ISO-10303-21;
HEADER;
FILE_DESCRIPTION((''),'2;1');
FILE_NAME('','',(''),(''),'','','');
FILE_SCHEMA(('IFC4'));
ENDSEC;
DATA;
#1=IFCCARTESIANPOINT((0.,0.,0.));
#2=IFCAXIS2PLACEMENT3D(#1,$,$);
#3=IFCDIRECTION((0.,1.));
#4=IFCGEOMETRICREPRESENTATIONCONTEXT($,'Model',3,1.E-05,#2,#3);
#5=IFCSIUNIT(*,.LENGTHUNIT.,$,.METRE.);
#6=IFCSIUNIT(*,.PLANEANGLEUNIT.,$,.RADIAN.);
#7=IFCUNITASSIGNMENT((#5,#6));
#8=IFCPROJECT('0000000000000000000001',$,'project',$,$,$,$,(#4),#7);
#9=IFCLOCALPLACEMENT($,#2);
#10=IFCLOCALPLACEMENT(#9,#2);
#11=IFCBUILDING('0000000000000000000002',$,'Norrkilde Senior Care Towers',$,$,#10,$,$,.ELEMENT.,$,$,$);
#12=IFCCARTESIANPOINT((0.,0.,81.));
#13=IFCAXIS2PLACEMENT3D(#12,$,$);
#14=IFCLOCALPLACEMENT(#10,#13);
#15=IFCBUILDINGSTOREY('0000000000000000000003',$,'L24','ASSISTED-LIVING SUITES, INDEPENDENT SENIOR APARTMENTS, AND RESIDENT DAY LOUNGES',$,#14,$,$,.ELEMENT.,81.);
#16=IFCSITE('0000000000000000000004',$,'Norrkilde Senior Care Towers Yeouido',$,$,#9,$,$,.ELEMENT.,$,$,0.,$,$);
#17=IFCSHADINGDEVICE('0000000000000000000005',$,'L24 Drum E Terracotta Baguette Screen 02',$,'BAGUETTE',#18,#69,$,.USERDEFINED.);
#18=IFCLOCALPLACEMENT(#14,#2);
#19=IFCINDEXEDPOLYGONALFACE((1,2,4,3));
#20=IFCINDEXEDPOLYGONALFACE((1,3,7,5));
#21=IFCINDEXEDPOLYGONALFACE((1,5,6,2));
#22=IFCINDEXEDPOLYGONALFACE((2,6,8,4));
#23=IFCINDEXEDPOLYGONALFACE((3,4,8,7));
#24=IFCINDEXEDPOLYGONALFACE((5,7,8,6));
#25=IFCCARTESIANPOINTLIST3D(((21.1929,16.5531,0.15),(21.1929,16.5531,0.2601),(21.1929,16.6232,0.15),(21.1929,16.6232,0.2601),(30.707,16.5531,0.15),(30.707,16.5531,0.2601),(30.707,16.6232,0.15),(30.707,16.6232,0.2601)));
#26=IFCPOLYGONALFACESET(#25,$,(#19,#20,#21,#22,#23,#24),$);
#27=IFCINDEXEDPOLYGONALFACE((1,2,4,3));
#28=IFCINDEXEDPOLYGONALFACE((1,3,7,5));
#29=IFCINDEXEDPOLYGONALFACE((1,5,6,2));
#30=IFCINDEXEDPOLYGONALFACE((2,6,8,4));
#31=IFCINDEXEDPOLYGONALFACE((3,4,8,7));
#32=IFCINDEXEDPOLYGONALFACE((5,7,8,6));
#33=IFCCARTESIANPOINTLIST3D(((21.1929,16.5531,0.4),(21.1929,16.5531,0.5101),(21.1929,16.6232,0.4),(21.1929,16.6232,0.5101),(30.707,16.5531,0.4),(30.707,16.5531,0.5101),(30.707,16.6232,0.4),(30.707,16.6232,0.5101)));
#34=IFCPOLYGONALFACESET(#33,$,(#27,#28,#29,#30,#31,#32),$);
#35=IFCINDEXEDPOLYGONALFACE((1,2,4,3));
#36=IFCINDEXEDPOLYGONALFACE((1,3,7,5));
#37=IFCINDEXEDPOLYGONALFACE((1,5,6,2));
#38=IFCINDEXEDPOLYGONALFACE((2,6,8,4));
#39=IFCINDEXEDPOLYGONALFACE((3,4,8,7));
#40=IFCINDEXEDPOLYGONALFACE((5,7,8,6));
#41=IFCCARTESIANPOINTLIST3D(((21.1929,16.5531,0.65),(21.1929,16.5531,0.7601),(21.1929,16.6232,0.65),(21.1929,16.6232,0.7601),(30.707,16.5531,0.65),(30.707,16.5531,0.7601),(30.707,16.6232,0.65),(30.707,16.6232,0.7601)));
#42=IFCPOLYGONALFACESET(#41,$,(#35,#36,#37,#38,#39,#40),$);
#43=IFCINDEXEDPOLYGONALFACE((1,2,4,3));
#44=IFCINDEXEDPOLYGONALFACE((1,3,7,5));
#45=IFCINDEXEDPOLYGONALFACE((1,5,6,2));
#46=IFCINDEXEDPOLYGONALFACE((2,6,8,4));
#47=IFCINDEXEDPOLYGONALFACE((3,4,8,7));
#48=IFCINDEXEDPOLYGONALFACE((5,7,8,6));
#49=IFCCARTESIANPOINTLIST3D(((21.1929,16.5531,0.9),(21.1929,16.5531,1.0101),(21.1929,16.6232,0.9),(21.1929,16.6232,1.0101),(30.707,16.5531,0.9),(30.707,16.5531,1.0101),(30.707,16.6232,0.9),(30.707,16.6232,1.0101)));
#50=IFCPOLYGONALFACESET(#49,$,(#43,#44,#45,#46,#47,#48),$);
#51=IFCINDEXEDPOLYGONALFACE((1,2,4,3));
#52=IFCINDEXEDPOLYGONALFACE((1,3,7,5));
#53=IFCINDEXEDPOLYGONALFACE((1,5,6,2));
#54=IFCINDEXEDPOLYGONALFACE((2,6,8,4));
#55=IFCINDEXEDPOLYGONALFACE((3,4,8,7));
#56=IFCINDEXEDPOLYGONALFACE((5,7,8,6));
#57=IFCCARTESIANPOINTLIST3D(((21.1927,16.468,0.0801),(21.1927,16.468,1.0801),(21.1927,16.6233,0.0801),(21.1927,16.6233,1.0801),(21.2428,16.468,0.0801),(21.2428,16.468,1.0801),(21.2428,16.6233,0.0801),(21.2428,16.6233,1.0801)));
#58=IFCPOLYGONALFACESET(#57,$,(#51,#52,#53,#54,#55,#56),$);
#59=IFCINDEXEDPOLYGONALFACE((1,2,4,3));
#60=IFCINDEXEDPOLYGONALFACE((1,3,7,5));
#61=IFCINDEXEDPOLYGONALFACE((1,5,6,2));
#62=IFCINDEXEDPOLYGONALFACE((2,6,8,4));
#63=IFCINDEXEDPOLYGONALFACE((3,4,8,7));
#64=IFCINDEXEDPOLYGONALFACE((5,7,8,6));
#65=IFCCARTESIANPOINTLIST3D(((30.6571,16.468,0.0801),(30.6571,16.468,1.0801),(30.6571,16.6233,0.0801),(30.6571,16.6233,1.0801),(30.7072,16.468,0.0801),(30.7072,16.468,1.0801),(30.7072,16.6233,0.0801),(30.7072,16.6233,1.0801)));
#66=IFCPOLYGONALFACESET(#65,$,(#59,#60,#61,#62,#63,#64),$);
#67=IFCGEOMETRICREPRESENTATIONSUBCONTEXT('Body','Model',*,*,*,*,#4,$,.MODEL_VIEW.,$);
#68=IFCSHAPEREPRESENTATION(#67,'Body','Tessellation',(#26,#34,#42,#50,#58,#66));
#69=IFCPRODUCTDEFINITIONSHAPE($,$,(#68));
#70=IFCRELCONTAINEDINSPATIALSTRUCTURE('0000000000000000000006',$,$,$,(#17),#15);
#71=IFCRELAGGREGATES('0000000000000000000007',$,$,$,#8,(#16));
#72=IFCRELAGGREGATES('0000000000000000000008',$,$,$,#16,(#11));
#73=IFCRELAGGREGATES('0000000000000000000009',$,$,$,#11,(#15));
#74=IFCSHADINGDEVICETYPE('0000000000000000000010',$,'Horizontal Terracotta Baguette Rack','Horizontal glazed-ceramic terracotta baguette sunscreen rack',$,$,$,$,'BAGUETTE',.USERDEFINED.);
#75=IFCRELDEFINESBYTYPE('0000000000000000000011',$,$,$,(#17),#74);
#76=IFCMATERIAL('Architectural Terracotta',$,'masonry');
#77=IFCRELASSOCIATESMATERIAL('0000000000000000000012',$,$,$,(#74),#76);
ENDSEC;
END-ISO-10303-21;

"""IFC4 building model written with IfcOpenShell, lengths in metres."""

from ifc_helpers import new_model, si_unit, direction, frame, origin, origin_2d, place, context, subcontext, project, spatial, rectangle, extrude, source, transform, mapped, material, type_object, type_shapes, element, save


model = new_model("IFC4")

# Units and contexts
model_context = context("Model", 3, precision=1e-05, world=origin(), true_north=direction((0.0, 1.0)))
body_context = subcontext(model_context, "Body", "Model", "MODEL_VIEW")
ifc_project = project(units=[si_unit("LENGTHUNIT", "METRE"), si_unit("PLANEANGLEUNIT", "RADIAN")], contexts=[model_context])

# Site, building, storey
site_placement = place(None, origin())
site = spatial("IfcSite", under=ifc_project, at=site_placement, Name="Norrkilde Senior Care Towers Yeouido", CompositionType="ELEMENT", RefElevation=0.0)
building_placement = place(site_placement, origin())
building = spatial("IfcBuilding", under=site, at=building_placement, Name="Norrkilde Senior Care Towers", CompositionType="ELEMENT")
storey_placement = place(building_placement, frame((0.0, 0.0, 81.0)))
storey = spatial("IfcBuildingStorey", under=building, at=storey_placement, Name="L24", Description="ASSISTED-LIVING SUITES, INDEPENDENT SENIOR APARTMENTS, AND RESIDENT DAY LOUNGES", CompositionType="ELEMENT", Elevation=81.0)

# Shading device
ifc_material_1 = material(Name="Architectural Terracotta", Category="masonry")
shading_device_type = type_object("IfcShadingDeviceType", Name="Horizontal Terracotta Baguette Rack", Description="Horizontal glazed-ceramic terracotta baguette sunscreen rack", ElementType="BAGUETTE", PredefinedType="USERDEFINED", material=ifc_material_1)
shared_shape_1 = source(origin(), body_context, "Body", "SweptSolid", [
    extrude(rectangle(XDim=0.0701, YDim=0.1101, at=origin_2d()), frame((0.0, 0.0901, 0.125), z_axis=(1.0, 0.0, 0.0), x_axis=(0.0, 1.0, 0.0)), (0.0, 0.0, 1.0), 9.5142),
    extrude(rectangle(XDim=0.0701, YDim=0.1101, at=origin_2d()), frame((0.0, 0.0901, 0.375), z_axis=(1.0, 0.0, 0.0), x_axis=(0.0, 1.0, 0.0)), (0.0, 0.0, 1.0), 9.5142),
    extrude(rectangle(XDim=0.0701, YDim=0.1101, at=origin_2d()), frame((0.0, 0.0901, 0.625), z_axis=(1.0, 0.0, 0.0), x_axis=(0.0, 1.0, 0.0)), (0.0, 0.0, 1.0), 9.5142),
    extrude(rectangle(XDim=0.0701, YDim=0.1101, at=origin_2d()), frame((0.0, 0.0901, 0.875), z_axis=(1.0, 0.0, 0.0), x_axis=(0.0, 1.0, 0.0)), (0.0, 0.0, 1.0), 9.5142),
    extrude(rectangle(XDim=0.05, YDim=0.1553, at=origin_2d()), frame((0.0249, 0.0476, 0.0)), (0.0, 0.0, 1.0), 1.0),
    extrude(rectangle(XDim=0.05, YDim=0.1553, at=origin_2d()), frame((9.4893, 0.0476, 0.0)), (0.0, 0.0, 1.0), 1.0),
])
type_shapes(shading_device_type, [shared_shape_1])
shading_device_placement = place(storey_placement, frame((21.1929, 16.498, 0.0801), z_axis=(0.0, 0.0, 1.0), x_axis=(1.0, 0.0, 0.0)))
element("IfcShadingDevice", 1, at=shading_device_placement, inside=storey, type_object=shading_device_type, Name="L24 Drum E Terracotta Baguette Screen 02", ObjectType="BAGUETTE", PredefinedType="USERDEFINED", context=body_context, shape_type="MappedRepresentation", body=[
    mapped(shared_shape_1, transform((0.0, 0.0, 0.0), x_axis=(1.0, 0.0, 0.0), y_axis=(0.0, 1.0, 0.0), z_axis=(0.0, 0.0, 1.0), scale=1.0)),
])

save(model, "model.ifc")
